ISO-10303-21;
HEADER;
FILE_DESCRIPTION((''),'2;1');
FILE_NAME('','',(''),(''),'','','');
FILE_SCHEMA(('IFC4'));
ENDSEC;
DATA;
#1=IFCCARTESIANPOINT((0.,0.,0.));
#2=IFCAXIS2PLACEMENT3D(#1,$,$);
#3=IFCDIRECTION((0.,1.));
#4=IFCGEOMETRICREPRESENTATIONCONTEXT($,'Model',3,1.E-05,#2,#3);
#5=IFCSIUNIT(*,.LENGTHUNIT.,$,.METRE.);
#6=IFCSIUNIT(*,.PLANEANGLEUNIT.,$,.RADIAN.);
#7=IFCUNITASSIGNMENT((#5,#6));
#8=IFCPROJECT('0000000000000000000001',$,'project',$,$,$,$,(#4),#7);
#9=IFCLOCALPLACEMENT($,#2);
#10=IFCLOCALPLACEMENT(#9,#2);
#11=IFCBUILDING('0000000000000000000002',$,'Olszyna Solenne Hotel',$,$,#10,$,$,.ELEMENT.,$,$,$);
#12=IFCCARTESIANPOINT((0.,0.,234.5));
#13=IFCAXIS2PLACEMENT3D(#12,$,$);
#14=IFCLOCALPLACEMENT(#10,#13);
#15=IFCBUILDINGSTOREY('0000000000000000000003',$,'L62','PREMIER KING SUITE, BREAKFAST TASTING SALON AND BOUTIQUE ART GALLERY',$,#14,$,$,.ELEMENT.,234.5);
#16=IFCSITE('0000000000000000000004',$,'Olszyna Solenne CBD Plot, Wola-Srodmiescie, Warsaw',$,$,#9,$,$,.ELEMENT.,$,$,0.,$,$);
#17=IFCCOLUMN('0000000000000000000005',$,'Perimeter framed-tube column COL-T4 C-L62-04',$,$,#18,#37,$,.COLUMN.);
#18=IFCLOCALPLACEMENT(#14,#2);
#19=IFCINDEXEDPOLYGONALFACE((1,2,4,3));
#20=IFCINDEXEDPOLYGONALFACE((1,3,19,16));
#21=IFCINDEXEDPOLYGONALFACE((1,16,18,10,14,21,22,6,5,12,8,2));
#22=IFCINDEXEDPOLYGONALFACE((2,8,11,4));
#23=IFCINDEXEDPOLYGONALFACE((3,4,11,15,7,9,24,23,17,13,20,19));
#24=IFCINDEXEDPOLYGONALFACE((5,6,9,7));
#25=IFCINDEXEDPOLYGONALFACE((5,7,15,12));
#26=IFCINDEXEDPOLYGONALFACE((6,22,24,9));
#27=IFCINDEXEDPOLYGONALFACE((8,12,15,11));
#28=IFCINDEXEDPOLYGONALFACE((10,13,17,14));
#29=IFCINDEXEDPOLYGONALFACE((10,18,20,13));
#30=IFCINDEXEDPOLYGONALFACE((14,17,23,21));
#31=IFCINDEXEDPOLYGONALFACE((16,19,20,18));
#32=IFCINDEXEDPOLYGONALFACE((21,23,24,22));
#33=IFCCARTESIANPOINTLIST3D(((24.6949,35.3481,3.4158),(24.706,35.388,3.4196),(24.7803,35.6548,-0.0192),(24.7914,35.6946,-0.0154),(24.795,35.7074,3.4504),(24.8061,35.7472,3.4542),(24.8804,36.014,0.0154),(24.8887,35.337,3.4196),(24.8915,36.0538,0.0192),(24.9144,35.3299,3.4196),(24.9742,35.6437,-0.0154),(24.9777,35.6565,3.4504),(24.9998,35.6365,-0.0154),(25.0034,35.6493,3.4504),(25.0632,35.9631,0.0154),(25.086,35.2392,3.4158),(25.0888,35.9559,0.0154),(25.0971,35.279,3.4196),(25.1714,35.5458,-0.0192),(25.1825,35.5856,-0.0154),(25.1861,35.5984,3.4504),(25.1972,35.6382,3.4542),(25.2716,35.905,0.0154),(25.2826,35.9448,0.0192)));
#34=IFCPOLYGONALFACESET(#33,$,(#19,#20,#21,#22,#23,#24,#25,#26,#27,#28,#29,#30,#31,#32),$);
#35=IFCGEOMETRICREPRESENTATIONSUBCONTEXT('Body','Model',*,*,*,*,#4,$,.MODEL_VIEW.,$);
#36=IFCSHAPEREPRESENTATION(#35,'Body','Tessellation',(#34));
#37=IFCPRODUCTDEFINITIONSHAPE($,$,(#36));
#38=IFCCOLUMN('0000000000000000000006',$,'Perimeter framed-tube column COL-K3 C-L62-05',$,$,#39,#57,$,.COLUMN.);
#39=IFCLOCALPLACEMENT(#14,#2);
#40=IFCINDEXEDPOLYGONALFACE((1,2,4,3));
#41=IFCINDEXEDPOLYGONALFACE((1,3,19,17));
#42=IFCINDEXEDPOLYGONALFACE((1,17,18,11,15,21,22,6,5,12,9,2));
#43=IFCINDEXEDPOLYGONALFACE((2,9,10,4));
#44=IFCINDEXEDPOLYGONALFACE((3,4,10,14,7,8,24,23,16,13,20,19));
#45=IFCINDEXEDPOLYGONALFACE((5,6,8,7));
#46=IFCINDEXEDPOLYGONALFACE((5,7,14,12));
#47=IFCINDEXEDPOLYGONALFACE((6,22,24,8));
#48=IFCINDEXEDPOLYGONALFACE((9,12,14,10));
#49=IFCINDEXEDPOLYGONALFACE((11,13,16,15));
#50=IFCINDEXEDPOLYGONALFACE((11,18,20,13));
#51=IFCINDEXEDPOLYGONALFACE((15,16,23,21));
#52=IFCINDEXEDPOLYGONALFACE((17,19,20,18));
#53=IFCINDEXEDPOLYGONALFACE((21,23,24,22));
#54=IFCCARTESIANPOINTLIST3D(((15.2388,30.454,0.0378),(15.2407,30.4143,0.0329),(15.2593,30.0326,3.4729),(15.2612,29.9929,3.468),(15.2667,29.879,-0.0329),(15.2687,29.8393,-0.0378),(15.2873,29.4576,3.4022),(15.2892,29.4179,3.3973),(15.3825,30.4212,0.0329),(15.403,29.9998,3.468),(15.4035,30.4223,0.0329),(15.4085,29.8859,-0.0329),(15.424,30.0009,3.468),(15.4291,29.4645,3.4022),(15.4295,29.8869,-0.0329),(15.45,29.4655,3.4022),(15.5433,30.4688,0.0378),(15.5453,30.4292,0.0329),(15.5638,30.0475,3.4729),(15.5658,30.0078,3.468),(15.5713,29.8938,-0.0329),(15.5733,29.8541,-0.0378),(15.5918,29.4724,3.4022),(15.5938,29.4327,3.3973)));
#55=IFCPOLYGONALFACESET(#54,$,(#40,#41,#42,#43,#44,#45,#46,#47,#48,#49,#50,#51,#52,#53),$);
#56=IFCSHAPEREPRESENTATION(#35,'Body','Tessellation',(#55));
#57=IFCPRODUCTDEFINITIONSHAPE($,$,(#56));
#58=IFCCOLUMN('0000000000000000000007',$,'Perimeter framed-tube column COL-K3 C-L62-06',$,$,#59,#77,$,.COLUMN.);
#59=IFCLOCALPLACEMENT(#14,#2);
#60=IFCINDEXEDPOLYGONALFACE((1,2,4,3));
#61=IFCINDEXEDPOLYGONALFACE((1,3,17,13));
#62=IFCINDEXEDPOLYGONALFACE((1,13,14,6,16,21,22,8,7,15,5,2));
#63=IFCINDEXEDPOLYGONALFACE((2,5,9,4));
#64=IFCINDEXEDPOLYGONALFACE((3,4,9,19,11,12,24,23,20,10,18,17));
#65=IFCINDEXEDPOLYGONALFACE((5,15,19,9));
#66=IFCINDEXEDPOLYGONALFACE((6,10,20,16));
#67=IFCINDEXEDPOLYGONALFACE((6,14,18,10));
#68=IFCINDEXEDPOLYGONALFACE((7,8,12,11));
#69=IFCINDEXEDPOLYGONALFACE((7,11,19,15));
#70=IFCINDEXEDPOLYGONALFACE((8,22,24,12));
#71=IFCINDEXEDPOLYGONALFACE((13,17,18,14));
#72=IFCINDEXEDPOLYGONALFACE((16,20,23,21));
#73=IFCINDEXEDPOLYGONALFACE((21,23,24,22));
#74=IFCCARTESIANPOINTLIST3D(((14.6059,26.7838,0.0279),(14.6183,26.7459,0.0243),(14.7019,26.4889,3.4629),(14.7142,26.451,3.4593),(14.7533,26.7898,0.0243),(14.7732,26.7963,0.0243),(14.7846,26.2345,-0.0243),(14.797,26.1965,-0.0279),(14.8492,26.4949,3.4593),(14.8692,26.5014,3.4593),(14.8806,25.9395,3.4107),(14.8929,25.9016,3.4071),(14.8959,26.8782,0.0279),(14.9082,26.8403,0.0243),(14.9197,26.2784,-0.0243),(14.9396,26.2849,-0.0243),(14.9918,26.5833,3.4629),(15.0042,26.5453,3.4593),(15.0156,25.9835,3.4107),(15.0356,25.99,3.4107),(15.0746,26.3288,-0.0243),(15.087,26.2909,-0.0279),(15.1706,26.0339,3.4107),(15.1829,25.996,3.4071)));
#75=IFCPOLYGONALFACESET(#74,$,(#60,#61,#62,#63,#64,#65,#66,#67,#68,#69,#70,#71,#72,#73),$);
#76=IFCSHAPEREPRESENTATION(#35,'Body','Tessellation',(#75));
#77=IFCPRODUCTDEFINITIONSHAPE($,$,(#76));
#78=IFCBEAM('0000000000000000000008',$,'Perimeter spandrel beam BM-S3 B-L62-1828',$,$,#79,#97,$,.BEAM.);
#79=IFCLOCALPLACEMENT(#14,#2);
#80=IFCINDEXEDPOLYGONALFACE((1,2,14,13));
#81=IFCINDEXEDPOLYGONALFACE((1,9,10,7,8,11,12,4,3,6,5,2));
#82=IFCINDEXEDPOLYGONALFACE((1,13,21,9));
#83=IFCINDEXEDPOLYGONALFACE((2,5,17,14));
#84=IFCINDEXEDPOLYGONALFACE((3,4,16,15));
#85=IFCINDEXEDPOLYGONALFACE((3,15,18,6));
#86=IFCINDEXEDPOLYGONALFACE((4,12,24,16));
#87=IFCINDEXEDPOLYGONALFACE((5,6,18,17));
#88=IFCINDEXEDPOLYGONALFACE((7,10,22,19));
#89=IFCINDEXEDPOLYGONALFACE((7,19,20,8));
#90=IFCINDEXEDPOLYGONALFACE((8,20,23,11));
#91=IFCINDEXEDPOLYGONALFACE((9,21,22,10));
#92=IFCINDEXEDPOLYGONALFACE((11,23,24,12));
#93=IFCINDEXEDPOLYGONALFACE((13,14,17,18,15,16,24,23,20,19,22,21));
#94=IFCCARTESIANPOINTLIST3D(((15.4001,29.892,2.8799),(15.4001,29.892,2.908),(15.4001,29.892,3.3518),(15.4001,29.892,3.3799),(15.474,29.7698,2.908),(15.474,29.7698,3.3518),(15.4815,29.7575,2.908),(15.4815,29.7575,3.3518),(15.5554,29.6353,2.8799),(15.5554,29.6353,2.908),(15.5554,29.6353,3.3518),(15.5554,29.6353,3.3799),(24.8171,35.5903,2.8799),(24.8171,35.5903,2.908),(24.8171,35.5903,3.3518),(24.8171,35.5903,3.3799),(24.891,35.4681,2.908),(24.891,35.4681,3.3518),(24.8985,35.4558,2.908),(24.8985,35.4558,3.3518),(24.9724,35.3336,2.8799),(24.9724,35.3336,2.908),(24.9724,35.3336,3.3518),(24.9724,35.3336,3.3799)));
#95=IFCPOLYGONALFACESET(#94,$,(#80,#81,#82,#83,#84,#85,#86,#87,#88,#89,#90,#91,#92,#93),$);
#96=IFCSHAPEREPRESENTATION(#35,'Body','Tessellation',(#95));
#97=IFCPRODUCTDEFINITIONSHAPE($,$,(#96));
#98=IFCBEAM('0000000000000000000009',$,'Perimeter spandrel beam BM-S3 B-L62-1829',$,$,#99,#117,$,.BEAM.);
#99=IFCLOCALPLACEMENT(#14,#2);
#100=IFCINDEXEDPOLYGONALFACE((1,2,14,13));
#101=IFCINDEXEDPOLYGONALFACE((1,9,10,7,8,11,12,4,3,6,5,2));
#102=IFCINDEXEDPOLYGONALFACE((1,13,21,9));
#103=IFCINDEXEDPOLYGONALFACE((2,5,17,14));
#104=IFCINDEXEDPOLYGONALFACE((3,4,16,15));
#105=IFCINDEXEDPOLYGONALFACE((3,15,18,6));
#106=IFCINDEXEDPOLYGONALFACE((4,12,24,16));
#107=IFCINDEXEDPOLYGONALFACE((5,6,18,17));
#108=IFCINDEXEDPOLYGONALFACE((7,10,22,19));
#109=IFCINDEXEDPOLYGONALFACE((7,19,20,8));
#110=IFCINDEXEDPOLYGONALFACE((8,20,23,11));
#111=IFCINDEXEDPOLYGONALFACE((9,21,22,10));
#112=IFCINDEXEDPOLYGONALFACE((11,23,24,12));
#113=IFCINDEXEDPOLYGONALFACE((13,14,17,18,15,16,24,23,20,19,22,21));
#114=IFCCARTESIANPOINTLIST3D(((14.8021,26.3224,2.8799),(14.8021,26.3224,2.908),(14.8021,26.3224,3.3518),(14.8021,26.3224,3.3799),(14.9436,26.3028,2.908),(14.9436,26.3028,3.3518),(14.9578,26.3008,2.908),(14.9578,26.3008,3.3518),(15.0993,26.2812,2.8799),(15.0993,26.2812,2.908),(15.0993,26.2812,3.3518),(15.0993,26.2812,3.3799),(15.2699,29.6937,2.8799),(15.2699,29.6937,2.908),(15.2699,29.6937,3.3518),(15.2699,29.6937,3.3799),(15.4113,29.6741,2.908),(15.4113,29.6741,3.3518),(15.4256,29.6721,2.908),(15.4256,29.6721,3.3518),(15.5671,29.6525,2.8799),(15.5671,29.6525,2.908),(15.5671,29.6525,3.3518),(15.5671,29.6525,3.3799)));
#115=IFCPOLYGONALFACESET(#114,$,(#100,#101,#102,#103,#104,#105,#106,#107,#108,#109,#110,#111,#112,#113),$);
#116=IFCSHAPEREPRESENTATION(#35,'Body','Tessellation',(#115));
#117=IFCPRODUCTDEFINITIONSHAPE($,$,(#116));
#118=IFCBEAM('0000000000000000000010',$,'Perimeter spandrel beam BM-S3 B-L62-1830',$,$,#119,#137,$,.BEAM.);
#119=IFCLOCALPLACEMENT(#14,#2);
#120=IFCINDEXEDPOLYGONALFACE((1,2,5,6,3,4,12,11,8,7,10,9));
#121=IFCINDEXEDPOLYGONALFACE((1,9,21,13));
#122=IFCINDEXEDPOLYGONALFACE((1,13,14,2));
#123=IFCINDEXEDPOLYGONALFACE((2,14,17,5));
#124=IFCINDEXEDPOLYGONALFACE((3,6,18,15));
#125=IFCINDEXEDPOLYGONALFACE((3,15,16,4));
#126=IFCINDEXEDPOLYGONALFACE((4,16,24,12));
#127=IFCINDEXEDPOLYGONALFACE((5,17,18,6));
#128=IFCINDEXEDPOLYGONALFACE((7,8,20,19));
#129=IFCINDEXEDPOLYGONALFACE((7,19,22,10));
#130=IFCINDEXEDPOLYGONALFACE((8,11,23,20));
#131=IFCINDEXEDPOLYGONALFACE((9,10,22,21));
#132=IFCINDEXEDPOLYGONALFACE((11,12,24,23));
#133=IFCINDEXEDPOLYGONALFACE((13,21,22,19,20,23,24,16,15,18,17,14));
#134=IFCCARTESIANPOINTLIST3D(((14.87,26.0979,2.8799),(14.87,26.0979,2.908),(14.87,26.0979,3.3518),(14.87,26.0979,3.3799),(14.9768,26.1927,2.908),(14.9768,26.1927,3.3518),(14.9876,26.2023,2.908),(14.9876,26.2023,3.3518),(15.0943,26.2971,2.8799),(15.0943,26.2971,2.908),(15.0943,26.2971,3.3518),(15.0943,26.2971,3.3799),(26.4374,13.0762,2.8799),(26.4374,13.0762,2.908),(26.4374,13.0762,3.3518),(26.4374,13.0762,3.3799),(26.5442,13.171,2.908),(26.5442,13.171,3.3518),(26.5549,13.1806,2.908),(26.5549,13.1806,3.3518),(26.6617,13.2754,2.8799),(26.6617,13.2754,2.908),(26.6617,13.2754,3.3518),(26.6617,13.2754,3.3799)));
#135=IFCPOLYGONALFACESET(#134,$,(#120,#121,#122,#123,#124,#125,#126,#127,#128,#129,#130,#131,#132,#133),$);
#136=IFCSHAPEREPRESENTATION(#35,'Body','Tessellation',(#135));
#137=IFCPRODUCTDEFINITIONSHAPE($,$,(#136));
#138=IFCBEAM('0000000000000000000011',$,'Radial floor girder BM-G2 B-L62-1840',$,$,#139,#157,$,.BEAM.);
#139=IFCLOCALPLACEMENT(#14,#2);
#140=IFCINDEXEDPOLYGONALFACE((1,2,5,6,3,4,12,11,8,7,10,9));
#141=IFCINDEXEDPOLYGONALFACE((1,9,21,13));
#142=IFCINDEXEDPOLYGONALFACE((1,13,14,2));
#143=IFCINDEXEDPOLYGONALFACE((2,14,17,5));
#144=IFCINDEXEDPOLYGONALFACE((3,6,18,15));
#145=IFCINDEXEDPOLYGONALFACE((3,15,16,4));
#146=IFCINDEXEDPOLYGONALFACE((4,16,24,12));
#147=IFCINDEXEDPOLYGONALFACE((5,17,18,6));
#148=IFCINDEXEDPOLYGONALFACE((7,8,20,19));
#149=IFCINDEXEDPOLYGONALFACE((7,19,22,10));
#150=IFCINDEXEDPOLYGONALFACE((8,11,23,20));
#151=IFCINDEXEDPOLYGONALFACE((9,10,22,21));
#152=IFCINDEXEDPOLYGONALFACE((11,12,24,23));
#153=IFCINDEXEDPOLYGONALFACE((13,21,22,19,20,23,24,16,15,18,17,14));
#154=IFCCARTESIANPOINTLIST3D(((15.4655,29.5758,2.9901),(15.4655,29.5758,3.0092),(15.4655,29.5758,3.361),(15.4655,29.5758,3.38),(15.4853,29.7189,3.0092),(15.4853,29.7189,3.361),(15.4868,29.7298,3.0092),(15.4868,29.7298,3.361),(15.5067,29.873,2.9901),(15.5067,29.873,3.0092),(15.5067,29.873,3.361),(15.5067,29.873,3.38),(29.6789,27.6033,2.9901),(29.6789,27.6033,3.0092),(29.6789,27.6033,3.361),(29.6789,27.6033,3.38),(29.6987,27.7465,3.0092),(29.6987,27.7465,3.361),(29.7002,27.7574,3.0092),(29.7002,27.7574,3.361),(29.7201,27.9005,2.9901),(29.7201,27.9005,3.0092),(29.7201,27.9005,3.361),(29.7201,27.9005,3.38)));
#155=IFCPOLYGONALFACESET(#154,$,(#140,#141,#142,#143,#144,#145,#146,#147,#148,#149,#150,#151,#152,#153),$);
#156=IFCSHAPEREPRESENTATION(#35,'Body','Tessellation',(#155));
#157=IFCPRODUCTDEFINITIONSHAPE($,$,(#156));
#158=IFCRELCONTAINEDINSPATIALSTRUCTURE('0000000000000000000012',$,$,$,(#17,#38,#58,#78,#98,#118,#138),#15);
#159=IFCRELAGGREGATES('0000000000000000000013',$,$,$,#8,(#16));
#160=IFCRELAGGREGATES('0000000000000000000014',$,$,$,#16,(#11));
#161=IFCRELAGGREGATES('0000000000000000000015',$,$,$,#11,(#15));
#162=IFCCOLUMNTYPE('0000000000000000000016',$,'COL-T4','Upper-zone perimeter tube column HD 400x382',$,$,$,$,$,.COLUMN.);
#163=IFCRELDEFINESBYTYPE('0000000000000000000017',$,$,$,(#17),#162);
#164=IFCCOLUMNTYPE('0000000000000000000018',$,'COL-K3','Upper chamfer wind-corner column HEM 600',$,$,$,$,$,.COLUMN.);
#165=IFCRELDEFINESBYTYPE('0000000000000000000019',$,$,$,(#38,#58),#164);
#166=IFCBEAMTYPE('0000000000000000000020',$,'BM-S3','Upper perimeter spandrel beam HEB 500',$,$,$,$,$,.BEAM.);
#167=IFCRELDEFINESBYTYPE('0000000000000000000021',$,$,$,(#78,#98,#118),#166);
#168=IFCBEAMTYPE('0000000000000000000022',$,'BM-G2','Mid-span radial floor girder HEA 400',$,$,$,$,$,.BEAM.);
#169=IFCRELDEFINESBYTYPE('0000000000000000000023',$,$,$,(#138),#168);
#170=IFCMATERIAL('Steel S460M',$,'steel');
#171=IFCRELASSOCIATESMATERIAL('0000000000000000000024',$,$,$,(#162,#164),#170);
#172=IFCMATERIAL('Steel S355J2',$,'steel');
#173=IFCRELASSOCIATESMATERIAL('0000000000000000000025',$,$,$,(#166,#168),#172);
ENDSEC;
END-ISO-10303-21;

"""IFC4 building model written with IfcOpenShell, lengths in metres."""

from ifc_helpers import new_model, si_unit, direction, frame, origin, origin_2d, place, context, subcontext, project, spatial, i_section, extrude, source, transform, mapped, material, material_profile, profile_set, type_object, element, save


model = new_model("IFC4")

# Units and contexts
model_context = context("Model", 3, precision=1e-05, world=origin(), true_north=direction((0.0, 1.0)))
body_context = subcontext(model_context, "Body", "Model", "MODEL_VIEW")
ifc_project = project(units=[si_unit("LENGTHUNIT", "METRE"), si_unit("PLANEANGLEUNIT", "RADIAN")], contexts=[model_context])

# Site, building, storey
site_placement = place(None, origin())
site = spatial("IfcSite", under=ifc_project, at=site_placement, Name="Olszyna Solenne CBD Plot, Wola-Srodmiescie, Warsaw", CompositionType="ELEMENT", RefElevation=0.0)
building_placement = place(site_placement, origin())
building = spatial("IfcBuilding", under=site, at=building_placement, Name="Olszyna Solenne Hotel", CompositionType="ELEMENT")
storey_placement = place(building_placement, frame((0.0, 0.0, 234.5)))
storey = spatial("IfcBuildingStorey", under=building, at=storey_placement, Name="L62", Description="PREMIER KING SUITE, BREAKFAST TASTING SALON AND BOUTIQUE ART GALLERY", CompositionType="ELEMENT", Elevation=234.5)

# Columns
ifc_material_1 = material(Name="Steel S460M", Category="steel")
ifc_material_profile_1 = material_profile(ifc_material_1, i_section(OverallWidth=0.406, OverallDepth=0.416, WebThickness=0.0266, FlangeThickness=0.0415, at=origin_2d()), Name="HD 400x382", Category="load-bearing")
ifc_profile_set_1 = profile_set([ifc_material_profile_1], Name="Steel S460M")
column_type_1 = type_object("IfcColumnType", Name="COL-T4", Description="Upper-zone perimeter tube column HD 400x382", PredefinedType="COLUMN", material=ifc_profile_set_1)
shared_shape_1 = source(origin(), body_context, "Body", "SweptSolid", [
    extrude(i_section(OverallWidth=0.406, OverallDepth=0.416, WebThickness=0.0266, FlangeThickness=0.0415, at=origin_2d()), origin(), (0.0, 0.0, 1.0), 3.4497),
])
column_1_placement = place(storey_placement, frame((25.0315, 35.7998, 0.0), z_axis=(-0.024769, -0.088887, 0.995734), x_axis=(0.963298, -0.268435, 0.0)))
element("IfcColumn", 1, at=column_1_placement, inside=storey, type_object=column_type_1, Name="Perimeter framed-tube column COL-T4 C-L62-04", PredefinedType="COLUMN", context=body_context, shape_type="MappedRepresentation", body=[
    mapped(shared_shape_1, transform((0.0, 0.0, 0.0), x_axis=(1.0, 0.0, 0.0), y_axis=(0.0, 1.0, 0.0), z_axis=(0.0, 0.0, 1.0), scale=1.0)),
])
ifc_material_profile_2 = material_profile(ifc_material_1, i_section(OverallWidth=0.3049, OverallDepth=0.6201, WebThickness=0.021, FlangeThickness=0.04, at=origin_2d()), Name="HEM 600", Category="load-bearing")
ifc_profile_set_2 = profile_set([ifc_material_profile_2], Name="Steel S460M")
column_type_2 = type_object("IfcColumnType", Name="COL-K3", Description="Upper chamfer wind-corner column HEM 600", PredefinedType="COLUMN", material=ifc_profile_set_2)
shared_shape_2 = source(origin(), body_context, "Body", "SweptSolid", [
    extrude(i_section(OverallWidth=0.3049, OverallDepth=0.6201, WebThickness=0.021, FlangeThickness=0.04, at=origin_2d()), origin(), (0.0, 0.0, 1.0), 3.4609),
])
column_2_placement = place(storey_placement, frame((15.406, 30.1541, 0.0), z_axis=(0.005926, -0.121757, 0.992542), x_axis=(0.998818, 0.04861, 0.0)))
element("IfcColumn", 2, at=column_2_placement, inside=storey, type_object=column_type_2, Name="Perimeter framed-tube column COL-K3 C-L62-05", PredefinedType="COLUMN", context=body_context, shape_type="MappedRepresentation", body=[
    mapped(shared_shape_2, transform((0.0, 0.0, 0.0), x_axis=(1.0, 0.0, 0.0), y_axis=(0.0, 1.0, 0.0), z_axis=(0.0, 0.0, 1.0), scale=1.0)),
])
shared_shape_3 = source(origin(), body_context, "Body", "SweptSolid", [
    extrude(i_section(OverallWidth=0.3049, OverallDepth=0.6201, WebThickness=0.021, FlangeThickness=0.04, at=origin_2d()), origin(), (0.0, 0.0, 1.0), 3.449),
])
column_3_placement = place(storey_placement, frame((14.8464, 26.5374, 0.0), z_axis=(0.027819, -0.085509, 0.995949), x_axis=(0.950941, 0.309371, 0.0)))
element("IfcColumn", 3, at=column_3_placement, inside=storey, type_object=column_type_2, Name="Perimeter framed-tube column COL-K3 C-L62-06", PredefinedType="COLUMN", context=body_context, shape_type="MappedRepresentation", body=[
    mapped(shared_shape_3, transform((0.0, 0.0, 0.0), x_axis=(1.0, 0.0, 0.0), y_axis=(0.0, 1.0, 0.0), z_axis=(0.0, 0.0, 1.0), scale=1.0)),
])

# Beams
ifc_material_2 = material(Name="Steel S355J2", Category="steel")
ifc_material_profile_3 = material_profile(ifc_material_2, i_section(OverallWidth=0.3, OverallDepth=0.5, WebThickness=0.0144, FlangeThickness=0.0281, at=origin_2d()), Name="HEB 500", Category="load-bearing")
ifc_profile_set_3 = profile_set([ifc_material_profile_3], Name="Steel S355J2")
beam_type_1 = type_object("IfcBeamType", Name="BM-S3", Description="Upper perimeter spandrel beam HEB 500", PredefinedType="BEAM", material=ifc_profile_set_3)
shared_shape_4 = source(origin(), body_context, "Body", "SweptSolid", [
    extrude(i_section(OverallWidth=0.3, OverallDepth=0.5, WebThickness=0.0144, FlangeThickness=0.0281, at=origin_2d()), origin(), (0.0, 0.0, 1.0), 11.0068),
])
beam_1_placement = place(storey_placement, frame((24.8948, 35.4619, 3.1299), z_axis=(-0.855561, -0.517702, 0.0), x_axis=(0.517702, -0.855561, 0.0)))
element("IfcBeam", 4, at=beam_1_placement, inside=storey, type_object=beam_type_1, Name="Perimeter spandrel beam BM-S3 B-L62-1828", PredefinedType="BEAM", context=body_context, shape_type="MappedRepresentation", body=[
    mapped(shared_shape_4, transform((0.0, 0.0, 0.0), x_axis=(1.0, 0.0, 0.0), y_axis=(0.0, 1.0, 0.0), z_axis=(0.0, 0.0, 1.0), scale=1.0)),
])
shared_shape_5 = source(origin(), body_context, "Body", "SweptSolid", [
    extrude(i_section(OverallWidth=0.3, OverallDepth=0.5, WebThickness=0.0144, FlangeThickness=0.0281, at=origin_2d()), origin(), (0.0, 0.0, 1.0), 3.4036),
])
beam_2_placement = place(storey_placement, frame((15.4185, 29.6731, 3.1299), z_axis=(-0.137433, -0.990511, 0.0), x_axis=(0.990511, -0.137433, 0.0)))
element("IfcBeam", 5, at=beam_2_placement, inside=storey, type_object=beam_type_1, Name="Perimeter spandrel beam BM-S3 B-L62-1829", PredefinedType="BEAM", context=body_context, shape_type="MappedRepresentation", body=[
    mapped(shared_shape_5, transform((0.0, 0.0, 0.0), x_axis=(1.0, 0.0, 0.0), y_axis=(0.0, 1.0, 0.0), z_axis=(0.0, 0.0, 1.0), scale=1.0)),
])
shared_shape_6 = source(origin(), body_context, "Body", "SweptSolid", [
    extrude(i_section(OverallWidth=0.3, OverallDepth=0.5, WebThickness=0.0144, FlangeThickness=0.0281, at=origin_2d()), origin(), (0.0, 0.0, 1.0), 17.4175),
])
beam_3_placement = place(storey_placement, frame((14.9822, 26.1975, 3.1299), z_axis=(0.664124, -0.747623, 0.0), x_axis=(0.747623, 0.664124, 0.0)))
element("IfcBeam", 6, at=beam_3_placement, inside=storey, type_object=beam_type_1, Name="Perimeter spandrel beam BM-S3 B-L62-1830", PredefinedType="BEAM", context=body_context, shape_type="MappedRepresentation", body=[
    mapped(shared_shape_6, transform((0.0, 0.0, 0.0), x_axis=(1.0, 0.0, 0.0), y_axis=(0.0, 1.0, 0.0), z_axis=(0.0, 0.0, 1.0), scale=1.0)),
])
ifc_material_profile_4 = material_profile(ifc_material_2, i_section(OverallWidth=0.3, OverallDepth=0.3899, WebThickness=0.011, FlangeThickness=0.019, at=origin_2d()), Name="HEA 400", Category="load-bearing")
ifc_profile_set_4 = profile_set([ifc_material_profile_4], Name="Steel S355J2")
beam_type_2 = type_object("IfcBeamType", Name="BM-G2", Description="Mid-span radial floor girder HEA 400", PredefinedType="BEAM", material=ifc_profile_set_4)
shared_shape_7 = source(origin(), body_context, "Body", "SweptSolid", [
    extrude(i_section(OverallWidth=0.3, OverallDepth=0.3899, WebThickness=0.011, FlangeThickness=0.019, at=origin_2d()), origin(), (0.0, 0.0, 1.0), 14.3496),
])
beam_4_placement = place(storey_placement, frame((15.4861, 29.7244, 3.1851), z_axis=(0.990508, -0.137454, 0.0), x_axis=(0.137454, 0.990508, 0.0)))
element("IfcBeam", 7, at=beam_4_placement, inside=storey, type_object=beam_type_2, Name="Radial floor girder BM-G2 B-L62-1840", PredefinedType="BEAM", context=body_context, shape_type="MappedRepresentation", body=[
    mapped(shared_shape_7, transform((0.0, 0.0, 0.0), x_axis=(1.0, 0.0, 0.0), y_axis=(0.0, 1.0, 0.0), z_axis=(0.0, 0.0, 1.0), scale=1.0)),
])

save(model, "model.ifc")
